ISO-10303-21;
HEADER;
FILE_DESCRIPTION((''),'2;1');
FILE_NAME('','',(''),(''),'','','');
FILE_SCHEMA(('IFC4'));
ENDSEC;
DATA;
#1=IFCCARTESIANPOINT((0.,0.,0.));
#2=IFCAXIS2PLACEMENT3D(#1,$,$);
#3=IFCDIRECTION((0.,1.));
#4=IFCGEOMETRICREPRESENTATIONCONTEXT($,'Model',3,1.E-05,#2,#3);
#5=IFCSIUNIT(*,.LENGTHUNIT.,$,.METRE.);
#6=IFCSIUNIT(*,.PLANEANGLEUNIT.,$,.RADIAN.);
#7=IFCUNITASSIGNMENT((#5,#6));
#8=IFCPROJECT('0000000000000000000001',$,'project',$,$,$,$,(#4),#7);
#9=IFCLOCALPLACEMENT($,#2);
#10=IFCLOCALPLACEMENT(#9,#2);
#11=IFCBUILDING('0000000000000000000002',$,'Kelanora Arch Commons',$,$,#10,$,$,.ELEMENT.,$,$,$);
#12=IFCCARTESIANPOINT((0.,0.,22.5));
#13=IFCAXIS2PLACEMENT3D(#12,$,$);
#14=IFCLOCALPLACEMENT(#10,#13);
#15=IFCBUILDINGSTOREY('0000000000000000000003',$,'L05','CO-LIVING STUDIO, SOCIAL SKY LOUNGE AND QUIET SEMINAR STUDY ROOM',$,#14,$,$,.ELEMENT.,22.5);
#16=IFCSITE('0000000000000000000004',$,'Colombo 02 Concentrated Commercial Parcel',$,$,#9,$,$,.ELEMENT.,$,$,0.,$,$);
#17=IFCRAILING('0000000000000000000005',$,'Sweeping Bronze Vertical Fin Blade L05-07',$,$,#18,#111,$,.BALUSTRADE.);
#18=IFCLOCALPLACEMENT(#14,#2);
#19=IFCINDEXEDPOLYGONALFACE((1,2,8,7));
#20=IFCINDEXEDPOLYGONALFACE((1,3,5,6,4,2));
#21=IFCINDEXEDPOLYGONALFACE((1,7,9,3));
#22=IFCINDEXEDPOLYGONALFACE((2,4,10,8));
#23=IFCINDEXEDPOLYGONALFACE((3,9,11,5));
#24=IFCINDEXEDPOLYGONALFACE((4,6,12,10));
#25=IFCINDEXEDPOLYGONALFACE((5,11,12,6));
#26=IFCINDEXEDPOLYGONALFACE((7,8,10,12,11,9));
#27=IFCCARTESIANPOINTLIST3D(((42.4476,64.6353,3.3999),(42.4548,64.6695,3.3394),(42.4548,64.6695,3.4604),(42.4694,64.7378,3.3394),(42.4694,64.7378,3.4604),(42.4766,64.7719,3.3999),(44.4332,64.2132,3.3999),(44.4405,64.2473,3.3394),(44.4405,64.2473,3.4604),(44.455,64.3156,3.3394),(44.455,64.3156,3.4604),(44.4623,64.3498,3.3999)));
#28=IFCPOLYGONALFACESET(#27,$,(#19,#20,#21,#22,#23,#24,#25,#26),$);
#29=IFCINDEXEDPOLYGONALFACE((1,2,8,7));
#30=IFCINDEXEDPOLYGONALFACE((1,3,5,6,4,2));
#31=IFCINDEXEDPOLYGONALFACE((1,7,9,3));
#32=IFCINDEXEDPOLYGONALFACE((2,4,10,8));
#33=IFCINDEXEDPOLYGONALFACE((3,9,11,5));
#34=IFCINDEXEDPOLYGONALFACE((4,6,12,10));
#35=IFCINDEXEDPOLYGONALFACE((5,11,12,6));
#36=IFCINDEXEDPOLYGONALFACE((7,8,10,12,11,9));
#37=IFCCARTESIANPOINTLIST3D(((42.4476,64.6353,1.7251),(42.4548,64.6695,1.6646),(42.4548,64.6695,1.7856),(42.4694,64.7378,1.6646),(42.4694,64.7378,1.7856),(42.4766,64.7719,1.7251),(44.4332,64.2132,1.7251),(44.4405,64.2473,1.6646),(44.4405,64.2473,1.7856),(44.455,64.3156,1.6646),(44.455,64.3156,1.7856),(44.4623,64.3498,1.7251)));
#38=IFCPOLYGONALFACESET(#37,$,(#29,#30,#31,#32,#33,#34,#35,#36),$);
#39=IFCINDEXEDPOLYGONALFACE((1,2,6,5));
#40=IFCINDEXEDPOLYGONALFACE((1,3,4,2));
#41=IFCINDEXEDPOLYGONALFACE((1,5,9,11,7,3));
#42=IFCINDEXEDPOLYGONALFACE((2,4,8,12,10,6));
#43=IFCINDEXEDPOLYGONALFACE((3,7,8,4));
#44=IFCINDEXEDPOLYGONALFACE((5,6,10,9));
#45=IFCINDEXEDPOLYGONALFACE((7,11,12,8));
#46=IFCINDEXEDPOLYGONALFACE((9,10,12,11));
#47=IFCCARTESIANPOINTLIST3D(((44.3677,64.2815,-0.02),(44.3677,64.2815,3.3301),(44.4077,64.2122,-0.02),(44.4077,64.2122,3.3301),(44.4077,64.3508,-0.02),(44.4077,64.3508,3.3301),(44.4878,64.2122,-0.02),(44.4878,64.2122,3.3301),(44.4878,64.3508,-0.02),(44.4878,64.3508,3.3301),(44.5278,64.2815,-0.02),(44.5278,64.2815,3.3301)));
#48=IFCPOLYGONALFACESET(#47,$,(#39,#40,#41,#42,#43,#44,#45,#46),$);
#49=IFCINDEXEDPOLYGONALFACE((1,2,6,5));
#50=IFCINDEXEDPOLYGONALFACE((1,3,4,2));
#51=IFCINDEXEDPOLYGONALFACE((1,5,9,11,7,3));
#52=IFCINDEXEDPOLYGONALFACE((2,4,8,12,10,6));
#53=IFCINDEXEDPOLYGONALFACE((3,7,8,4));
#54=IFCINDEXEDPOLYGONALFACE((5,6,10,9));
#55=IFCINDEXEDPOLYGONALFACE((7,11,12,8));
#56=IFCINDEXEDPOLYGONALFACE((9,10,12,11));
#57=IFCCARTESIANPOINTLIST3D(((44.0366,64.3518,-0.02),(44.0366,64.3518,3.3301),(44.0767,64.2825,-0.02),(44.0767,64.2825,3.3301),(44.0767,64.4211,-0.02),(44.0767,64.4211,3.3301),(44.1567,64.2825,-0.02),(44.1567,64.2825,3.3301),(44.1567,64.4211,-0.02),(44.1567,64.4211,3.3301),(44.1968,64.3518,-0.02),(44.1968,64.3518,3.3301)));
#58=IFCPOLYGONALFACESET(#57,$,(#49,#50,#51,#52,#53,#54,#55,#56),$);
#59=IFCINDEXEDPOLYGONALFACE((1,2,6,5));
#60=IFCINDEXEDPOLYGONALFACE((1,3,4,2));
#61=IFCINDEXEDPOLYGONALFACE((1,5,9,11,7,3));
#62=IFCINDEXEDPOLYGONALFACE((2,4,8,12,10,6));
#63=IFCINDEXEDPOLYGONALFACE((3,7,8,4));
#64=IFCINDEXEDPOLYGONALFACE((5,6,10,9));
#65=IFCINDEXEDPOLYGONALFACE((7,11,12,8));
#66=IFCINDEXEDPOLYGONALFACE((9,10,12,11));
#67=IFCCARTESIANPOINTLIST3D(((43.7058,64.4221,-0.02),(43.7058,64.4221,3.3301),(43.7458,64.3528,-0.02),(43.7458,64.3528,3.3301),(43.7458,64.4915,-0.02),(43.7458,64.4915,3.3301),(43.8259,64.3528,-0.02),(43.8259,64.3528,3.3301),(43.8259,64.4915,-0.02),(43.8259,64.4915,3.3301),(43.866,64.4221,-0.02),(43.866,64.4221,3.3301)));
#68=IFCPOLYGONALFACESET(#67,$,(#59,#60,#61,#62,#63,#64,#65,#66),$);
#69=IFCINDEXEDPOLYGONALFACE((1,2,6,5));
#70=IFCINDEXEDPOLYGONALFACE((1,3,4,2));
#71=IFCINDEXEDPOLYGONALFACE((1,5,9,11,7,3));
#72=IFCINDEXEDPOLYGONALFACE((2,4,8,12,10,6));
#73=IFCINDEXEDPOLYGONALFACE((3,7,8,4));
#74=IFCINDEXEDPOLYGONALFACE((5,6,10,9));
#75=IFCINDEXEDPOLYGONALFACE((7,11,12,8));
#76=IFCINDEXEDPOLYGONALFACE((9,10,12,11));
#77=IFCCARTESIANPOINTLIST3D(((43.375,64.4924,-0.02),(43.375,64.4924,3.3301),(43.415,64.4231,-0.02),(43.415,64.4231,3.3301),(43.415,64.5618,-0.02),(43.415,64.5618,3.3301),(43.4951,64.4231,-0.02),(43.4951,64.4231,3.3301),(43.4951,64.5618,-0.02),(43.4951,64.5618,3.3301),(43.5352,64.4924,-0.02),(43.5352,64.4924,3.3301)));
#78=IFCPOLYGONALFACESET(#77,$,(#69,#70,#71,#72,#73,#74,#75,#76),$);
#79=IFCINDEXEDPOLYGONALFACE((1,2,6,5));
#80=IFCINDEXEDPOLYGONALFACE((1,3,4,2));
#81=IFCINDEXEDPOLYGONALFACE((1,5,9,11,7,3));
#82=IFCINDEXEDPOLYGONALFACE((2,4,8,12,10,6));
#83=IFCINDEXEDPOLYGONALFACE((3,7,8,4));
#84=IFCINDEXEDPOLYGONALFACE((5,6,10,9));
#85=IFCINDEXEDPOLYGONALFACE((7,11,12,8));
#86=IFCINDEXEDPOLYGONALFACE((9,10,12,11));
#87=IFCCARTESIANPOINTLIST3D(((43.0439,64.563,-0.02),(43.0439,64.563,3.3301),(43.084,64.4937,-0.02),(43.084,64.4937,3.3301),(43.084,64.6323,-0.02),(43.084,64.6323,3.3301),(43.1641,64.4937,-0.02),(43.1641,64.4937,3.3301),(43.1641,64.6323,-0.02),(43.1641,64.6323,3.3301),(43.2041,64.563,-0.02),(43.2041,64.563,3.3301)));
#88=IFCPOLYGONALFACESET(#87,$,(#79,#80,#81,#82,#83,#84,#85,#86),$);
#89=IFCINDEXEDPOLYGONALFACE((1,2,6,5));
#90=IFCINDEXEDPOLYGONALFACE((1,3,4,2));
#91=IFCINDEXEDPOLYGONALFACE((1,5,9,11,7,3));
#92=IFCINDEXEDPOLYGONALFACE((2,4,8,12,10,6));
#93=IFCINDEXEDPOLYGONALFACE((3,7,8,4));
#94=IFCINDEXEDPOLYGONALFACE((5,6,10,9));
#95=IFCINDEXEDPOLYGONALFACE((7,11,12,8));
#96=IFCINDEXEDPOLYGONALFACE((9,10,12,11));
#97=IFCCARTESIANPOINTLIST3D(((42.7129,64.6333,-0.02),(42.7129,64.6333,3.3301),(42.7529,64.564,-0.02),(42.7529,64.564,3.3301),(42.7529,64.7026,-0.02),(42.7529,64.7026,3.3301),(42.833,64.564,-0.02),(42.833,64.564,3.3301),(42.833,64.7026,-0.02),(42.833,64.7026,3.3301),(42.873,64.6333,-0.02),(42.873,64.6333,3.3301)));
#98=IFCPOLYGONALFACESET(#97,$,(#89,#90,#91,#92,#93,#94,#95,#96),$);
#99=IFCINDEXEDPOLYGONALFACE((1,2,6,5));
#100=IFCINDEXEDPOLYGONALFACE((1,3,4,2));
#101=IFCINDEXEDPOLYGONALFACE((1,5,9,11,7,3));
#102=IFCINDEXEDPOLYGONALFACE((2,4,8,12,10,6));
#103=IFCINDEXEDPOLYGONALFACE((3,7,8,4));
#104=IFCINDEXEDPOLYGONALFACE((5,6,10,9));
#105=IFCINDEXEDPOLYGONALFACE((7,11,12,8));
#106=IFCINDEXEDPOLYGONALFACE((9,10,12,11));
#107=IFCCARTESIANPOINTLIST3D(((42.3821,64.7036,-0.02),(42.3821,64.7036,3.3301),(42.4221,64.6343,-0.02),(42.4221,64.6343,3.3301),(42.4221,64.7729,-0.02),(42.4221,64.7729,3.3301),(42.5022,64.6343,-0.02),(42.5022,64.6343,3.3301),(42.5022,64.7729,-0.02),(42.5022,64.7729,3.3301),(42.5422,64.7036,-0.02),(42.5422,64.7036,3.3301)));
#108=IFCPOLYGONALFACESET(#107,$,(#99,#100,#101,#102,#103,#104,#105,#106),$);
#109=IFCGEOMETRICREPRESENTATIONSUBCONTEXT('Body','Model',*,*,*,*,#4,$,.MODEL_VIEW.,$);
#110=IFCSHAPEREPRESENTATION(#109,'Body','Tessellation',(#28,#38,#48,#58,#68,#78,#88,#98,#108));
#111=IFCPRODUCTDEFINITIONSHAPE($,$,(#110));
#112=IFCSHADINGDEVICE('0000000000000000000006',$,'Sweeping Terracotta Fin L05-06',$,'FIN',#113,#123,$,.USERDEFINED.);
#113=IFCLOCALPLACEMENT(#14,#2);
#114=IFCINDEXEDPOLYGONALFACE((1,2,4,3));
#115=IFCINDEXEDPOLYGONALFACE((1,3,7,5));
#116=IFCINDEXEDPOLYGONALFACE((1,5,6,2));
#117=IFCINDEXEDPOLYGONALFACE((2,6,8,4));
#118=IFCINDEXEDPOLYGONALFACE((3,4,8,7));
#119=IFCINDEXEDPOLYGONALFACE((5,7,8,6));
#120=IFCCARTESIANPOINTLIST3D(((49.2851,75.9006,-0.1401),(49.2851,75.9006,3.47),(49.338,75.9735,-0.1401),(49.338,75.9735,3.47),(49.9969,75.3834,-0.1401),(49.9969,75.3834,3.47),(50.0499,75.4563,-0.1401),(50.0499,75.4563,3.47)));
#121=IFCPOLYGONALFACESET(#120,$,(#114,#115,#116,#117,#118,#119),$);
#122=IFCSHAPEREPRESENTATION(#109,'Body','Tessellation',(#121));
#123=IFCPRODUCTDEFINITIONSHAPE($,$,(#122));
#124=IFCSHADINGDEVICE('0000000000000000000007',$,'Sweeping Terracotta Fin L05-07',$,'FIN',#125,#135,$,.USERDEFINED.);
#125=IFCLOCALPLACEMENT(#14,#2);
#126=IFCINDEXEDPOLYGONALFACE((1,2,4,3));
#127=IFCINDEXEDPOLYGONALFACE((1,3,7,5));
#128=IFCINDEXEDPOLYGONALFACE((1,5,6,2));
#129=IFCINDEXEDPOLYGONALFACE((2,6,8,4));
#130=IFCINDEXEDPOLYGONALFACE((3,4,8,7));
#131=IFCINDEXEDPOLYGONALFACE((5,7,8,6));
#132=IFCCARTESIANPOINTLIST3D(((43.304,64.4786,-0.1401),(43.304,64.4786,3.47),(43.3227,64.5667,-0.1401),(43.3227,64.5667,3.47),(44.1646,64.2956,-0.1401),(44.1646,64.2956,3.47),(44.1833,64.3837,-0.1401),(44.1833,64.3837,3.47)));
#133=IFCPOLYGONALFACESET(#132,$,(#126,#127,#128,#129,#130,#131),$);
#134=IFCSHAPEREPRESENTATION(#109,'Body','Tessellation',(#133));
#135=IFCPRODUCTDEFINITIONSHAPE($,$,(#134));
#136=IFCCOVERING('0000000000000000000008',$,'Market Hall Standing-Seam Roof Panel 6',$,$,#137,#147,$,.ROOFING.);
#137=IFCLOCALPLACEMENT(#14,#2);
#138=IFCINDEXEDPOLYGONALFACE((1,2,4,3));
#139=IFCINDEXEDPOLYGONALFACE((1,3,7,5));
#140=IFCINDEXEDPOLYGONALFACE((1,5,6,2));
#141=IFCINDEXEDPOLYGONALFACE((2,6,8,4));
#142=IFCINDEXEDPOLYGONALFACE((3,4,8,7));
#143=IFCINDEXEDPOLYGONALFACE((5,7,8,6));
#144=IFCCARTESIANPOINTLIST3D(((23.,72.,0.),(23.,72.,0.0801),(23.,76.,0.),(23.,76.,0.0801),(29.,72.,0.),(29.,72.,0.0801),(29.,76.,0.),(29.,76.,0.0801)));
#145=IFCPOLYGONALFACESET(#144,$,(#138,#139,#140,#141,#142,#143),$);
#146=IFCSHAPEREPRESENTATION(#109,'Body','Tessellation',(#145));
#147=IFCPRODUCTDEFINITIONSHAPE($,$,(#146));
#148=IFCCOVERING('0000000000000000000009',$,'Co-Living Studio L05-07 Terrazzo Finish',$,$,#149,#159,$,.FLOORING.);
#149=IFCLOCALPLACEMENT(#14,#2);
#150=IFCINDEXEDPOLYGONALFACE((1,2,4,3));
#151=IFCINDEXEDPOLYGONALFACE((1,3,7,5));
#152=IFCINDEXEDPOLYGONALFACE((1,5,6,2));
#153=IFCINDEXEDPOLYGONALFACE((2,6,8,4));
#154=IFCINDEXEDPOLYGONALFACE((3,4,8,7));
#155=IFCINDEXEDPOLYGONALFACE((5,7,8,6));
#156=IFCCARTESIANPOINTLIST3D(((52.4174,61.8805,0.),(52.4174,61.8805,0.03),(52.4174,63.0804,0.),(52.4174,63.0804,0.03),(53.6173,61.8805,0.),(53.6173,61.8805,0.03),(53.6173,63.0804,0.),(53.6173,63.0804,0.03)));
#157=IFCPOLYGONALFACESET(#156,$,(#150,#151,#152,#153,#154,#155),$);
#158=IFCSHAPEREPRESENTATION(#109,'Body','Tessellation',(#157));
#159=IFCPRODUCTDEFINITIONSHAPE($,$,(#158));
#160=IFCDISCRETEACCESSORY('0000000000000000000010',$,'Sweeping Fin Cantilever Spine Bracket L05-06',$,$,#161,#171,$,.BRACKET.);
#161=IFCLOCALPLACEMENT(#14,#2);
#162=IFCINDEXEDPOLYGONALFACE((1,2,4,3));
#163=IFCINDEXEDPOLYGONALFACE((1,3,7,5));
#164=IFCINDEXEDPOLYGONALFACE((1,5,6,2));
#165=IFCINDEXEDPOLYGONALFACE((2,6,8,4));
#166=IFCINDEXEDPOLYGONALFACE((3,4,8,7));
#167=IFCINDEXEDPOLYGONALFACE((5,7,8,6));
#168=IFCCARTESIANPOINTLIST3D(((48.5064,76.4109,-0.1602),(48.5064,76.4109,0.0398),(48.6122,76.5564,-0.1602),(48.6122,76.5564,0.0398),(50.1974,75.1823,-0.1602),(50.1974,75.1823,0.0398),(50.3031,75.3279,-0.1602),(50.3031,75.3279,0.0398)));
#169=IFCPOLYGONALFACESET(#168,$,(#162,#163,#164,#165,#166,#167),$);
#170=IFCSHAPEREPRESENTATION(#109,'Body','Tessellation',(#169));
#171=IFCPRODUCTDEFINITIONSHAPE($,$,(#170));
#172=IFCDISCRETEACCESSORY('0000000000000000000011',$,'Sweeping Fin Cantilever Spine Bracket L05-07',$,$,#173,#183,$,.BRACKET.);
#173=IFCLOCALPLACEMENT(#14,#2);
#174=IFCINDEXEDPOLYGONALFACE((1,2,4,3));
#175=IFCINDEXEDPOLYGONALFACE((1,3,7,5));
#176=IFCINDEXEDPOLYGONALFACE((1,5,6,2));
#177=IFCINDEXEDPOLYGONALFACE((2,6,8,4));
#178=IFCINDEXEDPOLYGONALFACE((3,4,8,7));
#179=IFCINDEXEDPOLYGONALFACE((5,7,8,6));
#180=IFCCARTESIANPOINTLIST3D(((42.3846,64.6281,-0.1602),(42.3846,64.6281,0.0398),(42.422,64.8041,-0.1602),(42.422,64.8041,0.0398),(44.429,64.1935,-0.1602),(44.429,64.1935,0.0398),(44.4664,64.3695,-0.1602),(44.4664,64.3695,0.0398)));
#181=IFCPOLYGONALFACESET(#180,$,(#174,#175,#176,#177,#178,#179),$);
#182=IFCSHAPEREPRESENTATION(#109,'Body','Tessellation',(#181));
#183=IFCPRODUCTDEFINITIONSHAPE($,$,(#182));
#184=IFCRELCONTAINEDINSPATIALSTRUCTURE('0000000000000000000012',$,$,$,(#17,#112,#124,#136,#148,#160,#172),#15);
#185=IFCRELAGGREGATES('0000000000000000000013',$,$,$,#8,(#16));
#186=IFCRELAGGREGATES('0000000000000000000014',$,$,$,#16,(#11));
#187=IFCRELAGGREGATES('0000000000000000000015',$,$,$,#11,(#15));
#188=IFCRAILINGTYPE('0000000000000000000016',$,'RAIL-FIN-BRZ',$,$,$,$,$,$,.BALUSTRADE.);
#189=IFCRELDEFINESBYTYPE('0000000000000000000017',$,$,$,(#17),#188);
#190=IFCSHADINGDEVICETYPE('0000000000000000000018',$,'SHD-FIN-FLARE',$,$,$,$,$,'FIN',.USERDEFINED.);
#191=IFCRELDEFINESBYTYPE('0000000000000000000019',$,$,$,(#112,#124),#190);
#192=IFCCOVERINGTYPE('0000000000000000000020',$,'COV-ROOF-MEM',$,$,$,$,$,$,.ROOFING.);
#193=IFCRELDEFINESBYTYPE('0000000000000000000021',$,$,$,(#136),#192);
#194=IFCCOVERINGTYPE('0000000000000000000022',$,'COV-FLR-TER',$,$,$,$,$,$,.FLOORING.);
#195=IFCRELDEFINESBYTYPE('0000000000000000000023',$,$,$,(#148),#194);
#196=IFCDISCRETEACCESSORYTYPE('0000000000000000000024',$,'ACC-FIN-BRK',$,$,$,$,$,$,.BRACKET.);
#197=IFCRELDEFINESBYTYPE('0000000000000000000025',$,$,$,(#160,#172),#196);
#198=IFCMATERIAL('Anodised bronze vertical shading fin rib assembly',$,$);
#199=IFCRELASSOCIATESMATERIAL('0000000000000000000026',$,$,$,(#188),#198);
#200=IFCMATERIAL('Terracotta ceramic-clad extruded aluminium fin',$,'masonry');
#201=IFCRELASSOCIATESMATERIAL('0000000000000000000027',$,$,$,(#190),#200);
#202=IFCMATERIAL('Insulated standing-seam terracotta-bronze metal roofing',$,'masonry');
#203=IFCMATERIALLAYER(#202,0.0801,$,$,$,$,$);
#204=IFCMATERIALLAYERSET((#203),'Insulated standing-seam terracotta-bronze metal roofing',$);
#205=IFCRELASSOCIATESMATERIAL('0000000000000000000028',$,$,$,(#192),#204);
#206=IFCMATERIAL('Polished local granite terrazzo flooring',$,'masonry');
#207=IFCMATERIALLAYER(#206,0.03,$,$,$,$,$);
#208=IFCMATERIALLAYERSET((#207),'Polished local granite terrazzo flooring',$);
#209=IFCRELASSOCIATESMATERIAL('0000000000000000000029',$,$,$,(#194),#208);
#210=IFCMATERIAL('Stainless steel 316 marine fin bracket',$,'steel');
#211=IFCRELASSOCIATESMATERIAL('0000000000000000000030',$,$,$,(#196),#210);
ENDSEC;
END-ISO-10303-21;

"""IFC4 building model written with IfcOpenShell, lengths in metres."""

from ifc_helpers import new_model, si_unit, direction, frame, origin, origin_2d, place, context, subcontext, project, spatial, polyline, rectangle, outline, extrude, source, transform, mapped, material, layer, layer_set, type_object, element, save


model = new_model("IFC4")

# Units and contexts
model_context = context("Model", 3, precision=1e-05, world=origin(), true_north=direction((0.0, 1.0)))
body_context = subcontext(model_context, "Body", "Model", "MODEL_VIEW")
ifc_project = project(units=[si_unit("LENGTHUNIT", "METRE"), si_unit("PLANEANGLEUNIT", "RADIAN")], contexts=[model_context])

# Site, building, storey
site_placement = place(None, origin())
site = spatial("IfcSite", under=ifc_project, at=site_placement, Name="Colombo 02 Concentrated Commercial Parcel", CompositionType="ELEMENT", RefElevation=0.0)
building_placement = place(site_placement, origin())
building = spatial("IfcBuilding", under=site, at=building_placement, Name="Kelanora Arch Commons", CompositionType="ELEMENT")
storey_placement = place(building_placement, frame((0.0, 0.0, 22.5)))
storey = spatial("IfcBuildingStorey", under=building, at=storey_placement, Name="L05", Description="CO-LIVING STUDIO, SOCIAL SKY LOUNGE AND QUIET SEMINAR STUDY ROOM", CompositionType="ELEMENT", Elevation=22.5)

# Railing
ifc_material_1 = material(Name="Anodised bronze vertical shading fin rib assembly")
railing_type = type_object("IfcRailingType", Name="RAIL-FIN-BRZ", PredefinedType="BALUSTRADE", material=ifc_material_1)
railing_1_placement = place(storey_placement, frame((44.4478, 64.2815, -0.02)))
element("IfcRailing", 1, at=railing_1_placement, inside=storey, type_object=railing_type, Name="Sweeping Bronze Vertical Fin Blade L05-07", PredefinedType="BALUSTRADE", context=body_context, shape_type="SweptSolid", body=[
    extrude(outline(polyline([(0.0698, 0.0), (0.0349, 0.0605), (-0.0349, 0.0605), (-0.0698, 0.0), (-0.0349, -0.0605), (0.0349, -0.0605), (0.0698, 0.0)])), frame((0.0, 0.0, 3.4199), z_axis=(-0.978141, 0.207944, 0.0), x_axis=(-0.207944, -0.978141, 0.0)), (0.0, 0.0, 1.0), 2.03),
    extrude(outline(polyline([(0.0698, 0.0), (0.0349, 0.0605), (-0.0349, 0.0605), (-0.0698, 0.0), (-0.0349, -0.0605), (0.0349, -0.0605), (0.0698, 0.0)])), frame((0.0, 0.0, 1.7451), z_axis=(-0.978141, 0.207944, 0.0), x_axis=(-0.207944, -0.978141, 0.0)), (0.0, 0.0, 1.0), 2.03),
    extrude(outline(polyline([(0.0801, 0.0), (0.04, 0.0693), (-0.04, 0.0693), (-0.0801, 0.0), (-0.04, -0.0693), (0.04, -0.0693), (0.0801, 0.0)])), origin(), (0.0, 0.0, 1.0), 3.3501),
    extrude(outline(polyline([(0.0801, 0.0), (0.04, 0.0693), (-0.04, 0.0693), (-0.0801, 0.0), (-0.04, -0.0693), (0.04, -0.0693), (0.0801, 0.0)])), frame((-0.3311, 0.0703, 0.0)), (0.0, 0.0, 1.0), 3.3501),
    extrude(outline(polyline([(0.0801, 0.0), (0.04, 0.0693), (-0.04, 0.0693), (-0.0801, 0.0), (-0.04, -0.0693), (0.04, -0.0693), (0.0801, 0.0)])), frame((-0.6619, 0.1406, 0.0)), (0.0, 0.0, 1.0), 3.3501),
    extrude(outline(polyline([(0.0801, 0.0), (0.04, 0.0693), (-0.04, 0.0693), (-0.0801, 0.0), (-0.04, -0.0693), (0.04, -0.0693), (0.0801, 0.0)])), frame((-0.9927, 0.2109, 0.0)), (0.0, 0.0, 1.0), 3.3501),
    extrude(outline(polyline([(0.0801, 0.0), (0.04, 0.0693), (-0.04, 0.0693), (-0.0801, 0.0), (-0.04, -0.0693), (0.04, -0.0693), (0.0801, 0.0)])), frame((-1.3237, 0.2815, 0.0)), (0.0, 0.0, 1.0), 3.3501),
    extrude(outline(polyline([(0.0801, 0.0), (0.04, 0.0693), (-0.04, 0.0693), (-0.0801, 0.0), (-0.04, -0.0693), (0.04, -0.0693), (0.0801, 0.0)])), frame((-1.6548, 0.3518, 0.0)), (0.0, 0.0, 1.0), 3.3501),
    extrude(outline(polyline([(0.0801, 0.0), (0.04, 0.0693), (-0.04, 0.0693), (-0.0801, 0.0), (-0.04, -0.0693), (0.04, -0.0693), (0.0801, 0.0)])), frame((-1.9856, 0.4221, 0.0)), (0.0, 0.0, 1.0), 3.3501),
])

# Shading devices
ifc_material_2 = material(Name="Terracotta ceramic-clad extruded aluminium fin", Category="masonry")
shading_device_type = type_object("IfcShadingDeviceType", Name="SHD-FIN-FLARE", ElementType="FIN", PredefinedType="USERDEFINED", material=ifc_material_2)
shared_shape_1 = source(origin(), body_context, "Body", "SweptSolid", [
    extrude(rectangle(XDim=0.8799, YDim=0.0901, at=origin_2d()), origin(), (0.0, 0.0, 1.0), 3.6101),
])
for number, where, z_axis, x_axis, name in (
    (2, (49.6675, 75.6785, -0.1401), (0.0, 0.0, 1.0), (-0.809017, 0.587785, 0.0), "Sweeping Terracotta Fin L05-06"),
    (3, (43.7437, 64.4312, -0.1401), (0.0, 0.0, 1.0), (-0.978148, 0.207912, 0.0), "Sweeping Terracotta Fin L05-07"),
):
    element("IfcShadingDevice", number, at=place(storey_placement, frame(where, z_axis=z_axis, x_axis=x_axis)), inside=storey, type_object=shading_device_type, Name=name, ObjectType="FIN", PredefinedType="USERDEFINED", context=body_context, shape_type="MappedRepresentation", body=[
        mapped(shared_shape_1, transform((0.0, 0.0, 0.0), scale=1.0)),
    ])

# Coverings
ifc_material_3 = material(Name="Insulated standing-seam terracotta-bronze metal roofing", Category="masonry")
ifc_layer_1 = layer(ifc_material_3, 0.0801)
ifc_layer_set_1 = layer_set([ifc_layer_1], Name="Insulated standing-seam terracotta-bronze metal roofing")
covering_type_1 = type_object("IfcCoveringType", Name="COV-ROOF-MEM", PredefinedType="ROOFING", material=ifc_layer_set_1)
shared_shape_2 = source(origin(), body_context, "Body", "SweptSolid", [
    extrude(rectangle(XDim=6.0, YDim=4.0, at=origin_2d()), origin(), (0.0, 0.0, 1.0), 0.0801),
])
covering_1_placement = place(storey_placement, frame((26.0, 74.0, 0.0), z_axis=(0.0, 0.0, 1.0), x_axis=(1.0, 0.0, 0.0)))
element("IfcCovering", 4, at=covering_1_placement, inside=storey, type_object=covering_type_1, Name="Market Hall Standing-Seam Roof Panel 6", PredefinedType="ROOFING", context=body_context, shape_type="MappedRepresentation", body=[
    mapped(shared_shape_2, transform((0.0, 0.0, 0.0), scale=1.0)),
])
ifc_material_4 = material(Name="Polished local granite terrazzo flooring", Category="masonry")
ifc_layer_2 = layer(ifc_material_4, 0.03)
ifc_layer_set_2 = layer_set([ifc_layer_2], Name="Polished local granite terrazzo flooring")
covering_type_2 = type_object("IfcCoveringType", Name="COV-FLR-TER", PredefinedType="FLOORING", material=ifc_layer_set_2)
shared_shape_3 = source(origin(), body_context, "Body", "SweptSolid", [
    extrude(rectangle(XDim=1.2, YDim=1.2, at=origin_2d()), origin(), (0.0, 0.0, 1.0), 0.03),
])
covering_2_placement = place(storey_placement, frame((53.0173, 62.4805, 0.0), z_axis=(0.0, 0.0, 1.0), x_axis=(1.0, 0.0, 0.0)))
element("IfcCovering", 5, at=covering_2_placement, inside=storey, type_object=covering_type_2, Name="Co-Living Studio L05-07 Terrazzo Finish", PredefinedType="FLOORING", context=body_context, shape_type="MappedRepresentation", body=[
    mapped(shared_shape_3, transform((0.0, 0.0, 0.0), scale=1.0)),
])

# Discrete accessories
ifc_material_5 = material(Name="Stainless steel 316 marine fin bracket", Category="steel")
discrete_accessory_type = type_object("IfcDiscreteAccessoryType", Name="ACC-FIN-BRK", PredefinedType="BRACKET", material=ifc_material_5)
shared_shape_4 = source(origin(), body_context, "Body", "SweptSolid", [
    extrude(rectangle(XDim=2.0901, YDim=0.1799, at=origin_2d()), origin(), (0.0, 0.0, 1.0), 0.2),
])
for number, where, z_axis, x_axis, name in (
    (6, (49.4048, 75.8694, -0.1602), (0.0, 0.0, 1.0), (-0.809017, 0.587785, 0.0), "Sweeping Fin Cantilever Spine Bracket L05-06"),
    (7, (43.4255, 64.4988, -0.1602), (0.0, 0.0, 1.0), (-0.978148, 0.207912, 0.0), "Sweeping Fin Cantilever Spine Bracket L05-07"),
):
    element("IfcDiscreteAccessory", number, at=place(storey_placement, frame(where, z_axis=z_axis, x_axis=x_axis)), inside=storey, type_object=discrete_accessory_type, Name=name, PredefinedType="BRACKET", context=body_context, shape_type="MappedRepresentation", body=[
        mapped(shared_shape_4, transform((0.0, 0.0, 0.0), scale=1.0)),
    ])

save(model, "model.ifc")
